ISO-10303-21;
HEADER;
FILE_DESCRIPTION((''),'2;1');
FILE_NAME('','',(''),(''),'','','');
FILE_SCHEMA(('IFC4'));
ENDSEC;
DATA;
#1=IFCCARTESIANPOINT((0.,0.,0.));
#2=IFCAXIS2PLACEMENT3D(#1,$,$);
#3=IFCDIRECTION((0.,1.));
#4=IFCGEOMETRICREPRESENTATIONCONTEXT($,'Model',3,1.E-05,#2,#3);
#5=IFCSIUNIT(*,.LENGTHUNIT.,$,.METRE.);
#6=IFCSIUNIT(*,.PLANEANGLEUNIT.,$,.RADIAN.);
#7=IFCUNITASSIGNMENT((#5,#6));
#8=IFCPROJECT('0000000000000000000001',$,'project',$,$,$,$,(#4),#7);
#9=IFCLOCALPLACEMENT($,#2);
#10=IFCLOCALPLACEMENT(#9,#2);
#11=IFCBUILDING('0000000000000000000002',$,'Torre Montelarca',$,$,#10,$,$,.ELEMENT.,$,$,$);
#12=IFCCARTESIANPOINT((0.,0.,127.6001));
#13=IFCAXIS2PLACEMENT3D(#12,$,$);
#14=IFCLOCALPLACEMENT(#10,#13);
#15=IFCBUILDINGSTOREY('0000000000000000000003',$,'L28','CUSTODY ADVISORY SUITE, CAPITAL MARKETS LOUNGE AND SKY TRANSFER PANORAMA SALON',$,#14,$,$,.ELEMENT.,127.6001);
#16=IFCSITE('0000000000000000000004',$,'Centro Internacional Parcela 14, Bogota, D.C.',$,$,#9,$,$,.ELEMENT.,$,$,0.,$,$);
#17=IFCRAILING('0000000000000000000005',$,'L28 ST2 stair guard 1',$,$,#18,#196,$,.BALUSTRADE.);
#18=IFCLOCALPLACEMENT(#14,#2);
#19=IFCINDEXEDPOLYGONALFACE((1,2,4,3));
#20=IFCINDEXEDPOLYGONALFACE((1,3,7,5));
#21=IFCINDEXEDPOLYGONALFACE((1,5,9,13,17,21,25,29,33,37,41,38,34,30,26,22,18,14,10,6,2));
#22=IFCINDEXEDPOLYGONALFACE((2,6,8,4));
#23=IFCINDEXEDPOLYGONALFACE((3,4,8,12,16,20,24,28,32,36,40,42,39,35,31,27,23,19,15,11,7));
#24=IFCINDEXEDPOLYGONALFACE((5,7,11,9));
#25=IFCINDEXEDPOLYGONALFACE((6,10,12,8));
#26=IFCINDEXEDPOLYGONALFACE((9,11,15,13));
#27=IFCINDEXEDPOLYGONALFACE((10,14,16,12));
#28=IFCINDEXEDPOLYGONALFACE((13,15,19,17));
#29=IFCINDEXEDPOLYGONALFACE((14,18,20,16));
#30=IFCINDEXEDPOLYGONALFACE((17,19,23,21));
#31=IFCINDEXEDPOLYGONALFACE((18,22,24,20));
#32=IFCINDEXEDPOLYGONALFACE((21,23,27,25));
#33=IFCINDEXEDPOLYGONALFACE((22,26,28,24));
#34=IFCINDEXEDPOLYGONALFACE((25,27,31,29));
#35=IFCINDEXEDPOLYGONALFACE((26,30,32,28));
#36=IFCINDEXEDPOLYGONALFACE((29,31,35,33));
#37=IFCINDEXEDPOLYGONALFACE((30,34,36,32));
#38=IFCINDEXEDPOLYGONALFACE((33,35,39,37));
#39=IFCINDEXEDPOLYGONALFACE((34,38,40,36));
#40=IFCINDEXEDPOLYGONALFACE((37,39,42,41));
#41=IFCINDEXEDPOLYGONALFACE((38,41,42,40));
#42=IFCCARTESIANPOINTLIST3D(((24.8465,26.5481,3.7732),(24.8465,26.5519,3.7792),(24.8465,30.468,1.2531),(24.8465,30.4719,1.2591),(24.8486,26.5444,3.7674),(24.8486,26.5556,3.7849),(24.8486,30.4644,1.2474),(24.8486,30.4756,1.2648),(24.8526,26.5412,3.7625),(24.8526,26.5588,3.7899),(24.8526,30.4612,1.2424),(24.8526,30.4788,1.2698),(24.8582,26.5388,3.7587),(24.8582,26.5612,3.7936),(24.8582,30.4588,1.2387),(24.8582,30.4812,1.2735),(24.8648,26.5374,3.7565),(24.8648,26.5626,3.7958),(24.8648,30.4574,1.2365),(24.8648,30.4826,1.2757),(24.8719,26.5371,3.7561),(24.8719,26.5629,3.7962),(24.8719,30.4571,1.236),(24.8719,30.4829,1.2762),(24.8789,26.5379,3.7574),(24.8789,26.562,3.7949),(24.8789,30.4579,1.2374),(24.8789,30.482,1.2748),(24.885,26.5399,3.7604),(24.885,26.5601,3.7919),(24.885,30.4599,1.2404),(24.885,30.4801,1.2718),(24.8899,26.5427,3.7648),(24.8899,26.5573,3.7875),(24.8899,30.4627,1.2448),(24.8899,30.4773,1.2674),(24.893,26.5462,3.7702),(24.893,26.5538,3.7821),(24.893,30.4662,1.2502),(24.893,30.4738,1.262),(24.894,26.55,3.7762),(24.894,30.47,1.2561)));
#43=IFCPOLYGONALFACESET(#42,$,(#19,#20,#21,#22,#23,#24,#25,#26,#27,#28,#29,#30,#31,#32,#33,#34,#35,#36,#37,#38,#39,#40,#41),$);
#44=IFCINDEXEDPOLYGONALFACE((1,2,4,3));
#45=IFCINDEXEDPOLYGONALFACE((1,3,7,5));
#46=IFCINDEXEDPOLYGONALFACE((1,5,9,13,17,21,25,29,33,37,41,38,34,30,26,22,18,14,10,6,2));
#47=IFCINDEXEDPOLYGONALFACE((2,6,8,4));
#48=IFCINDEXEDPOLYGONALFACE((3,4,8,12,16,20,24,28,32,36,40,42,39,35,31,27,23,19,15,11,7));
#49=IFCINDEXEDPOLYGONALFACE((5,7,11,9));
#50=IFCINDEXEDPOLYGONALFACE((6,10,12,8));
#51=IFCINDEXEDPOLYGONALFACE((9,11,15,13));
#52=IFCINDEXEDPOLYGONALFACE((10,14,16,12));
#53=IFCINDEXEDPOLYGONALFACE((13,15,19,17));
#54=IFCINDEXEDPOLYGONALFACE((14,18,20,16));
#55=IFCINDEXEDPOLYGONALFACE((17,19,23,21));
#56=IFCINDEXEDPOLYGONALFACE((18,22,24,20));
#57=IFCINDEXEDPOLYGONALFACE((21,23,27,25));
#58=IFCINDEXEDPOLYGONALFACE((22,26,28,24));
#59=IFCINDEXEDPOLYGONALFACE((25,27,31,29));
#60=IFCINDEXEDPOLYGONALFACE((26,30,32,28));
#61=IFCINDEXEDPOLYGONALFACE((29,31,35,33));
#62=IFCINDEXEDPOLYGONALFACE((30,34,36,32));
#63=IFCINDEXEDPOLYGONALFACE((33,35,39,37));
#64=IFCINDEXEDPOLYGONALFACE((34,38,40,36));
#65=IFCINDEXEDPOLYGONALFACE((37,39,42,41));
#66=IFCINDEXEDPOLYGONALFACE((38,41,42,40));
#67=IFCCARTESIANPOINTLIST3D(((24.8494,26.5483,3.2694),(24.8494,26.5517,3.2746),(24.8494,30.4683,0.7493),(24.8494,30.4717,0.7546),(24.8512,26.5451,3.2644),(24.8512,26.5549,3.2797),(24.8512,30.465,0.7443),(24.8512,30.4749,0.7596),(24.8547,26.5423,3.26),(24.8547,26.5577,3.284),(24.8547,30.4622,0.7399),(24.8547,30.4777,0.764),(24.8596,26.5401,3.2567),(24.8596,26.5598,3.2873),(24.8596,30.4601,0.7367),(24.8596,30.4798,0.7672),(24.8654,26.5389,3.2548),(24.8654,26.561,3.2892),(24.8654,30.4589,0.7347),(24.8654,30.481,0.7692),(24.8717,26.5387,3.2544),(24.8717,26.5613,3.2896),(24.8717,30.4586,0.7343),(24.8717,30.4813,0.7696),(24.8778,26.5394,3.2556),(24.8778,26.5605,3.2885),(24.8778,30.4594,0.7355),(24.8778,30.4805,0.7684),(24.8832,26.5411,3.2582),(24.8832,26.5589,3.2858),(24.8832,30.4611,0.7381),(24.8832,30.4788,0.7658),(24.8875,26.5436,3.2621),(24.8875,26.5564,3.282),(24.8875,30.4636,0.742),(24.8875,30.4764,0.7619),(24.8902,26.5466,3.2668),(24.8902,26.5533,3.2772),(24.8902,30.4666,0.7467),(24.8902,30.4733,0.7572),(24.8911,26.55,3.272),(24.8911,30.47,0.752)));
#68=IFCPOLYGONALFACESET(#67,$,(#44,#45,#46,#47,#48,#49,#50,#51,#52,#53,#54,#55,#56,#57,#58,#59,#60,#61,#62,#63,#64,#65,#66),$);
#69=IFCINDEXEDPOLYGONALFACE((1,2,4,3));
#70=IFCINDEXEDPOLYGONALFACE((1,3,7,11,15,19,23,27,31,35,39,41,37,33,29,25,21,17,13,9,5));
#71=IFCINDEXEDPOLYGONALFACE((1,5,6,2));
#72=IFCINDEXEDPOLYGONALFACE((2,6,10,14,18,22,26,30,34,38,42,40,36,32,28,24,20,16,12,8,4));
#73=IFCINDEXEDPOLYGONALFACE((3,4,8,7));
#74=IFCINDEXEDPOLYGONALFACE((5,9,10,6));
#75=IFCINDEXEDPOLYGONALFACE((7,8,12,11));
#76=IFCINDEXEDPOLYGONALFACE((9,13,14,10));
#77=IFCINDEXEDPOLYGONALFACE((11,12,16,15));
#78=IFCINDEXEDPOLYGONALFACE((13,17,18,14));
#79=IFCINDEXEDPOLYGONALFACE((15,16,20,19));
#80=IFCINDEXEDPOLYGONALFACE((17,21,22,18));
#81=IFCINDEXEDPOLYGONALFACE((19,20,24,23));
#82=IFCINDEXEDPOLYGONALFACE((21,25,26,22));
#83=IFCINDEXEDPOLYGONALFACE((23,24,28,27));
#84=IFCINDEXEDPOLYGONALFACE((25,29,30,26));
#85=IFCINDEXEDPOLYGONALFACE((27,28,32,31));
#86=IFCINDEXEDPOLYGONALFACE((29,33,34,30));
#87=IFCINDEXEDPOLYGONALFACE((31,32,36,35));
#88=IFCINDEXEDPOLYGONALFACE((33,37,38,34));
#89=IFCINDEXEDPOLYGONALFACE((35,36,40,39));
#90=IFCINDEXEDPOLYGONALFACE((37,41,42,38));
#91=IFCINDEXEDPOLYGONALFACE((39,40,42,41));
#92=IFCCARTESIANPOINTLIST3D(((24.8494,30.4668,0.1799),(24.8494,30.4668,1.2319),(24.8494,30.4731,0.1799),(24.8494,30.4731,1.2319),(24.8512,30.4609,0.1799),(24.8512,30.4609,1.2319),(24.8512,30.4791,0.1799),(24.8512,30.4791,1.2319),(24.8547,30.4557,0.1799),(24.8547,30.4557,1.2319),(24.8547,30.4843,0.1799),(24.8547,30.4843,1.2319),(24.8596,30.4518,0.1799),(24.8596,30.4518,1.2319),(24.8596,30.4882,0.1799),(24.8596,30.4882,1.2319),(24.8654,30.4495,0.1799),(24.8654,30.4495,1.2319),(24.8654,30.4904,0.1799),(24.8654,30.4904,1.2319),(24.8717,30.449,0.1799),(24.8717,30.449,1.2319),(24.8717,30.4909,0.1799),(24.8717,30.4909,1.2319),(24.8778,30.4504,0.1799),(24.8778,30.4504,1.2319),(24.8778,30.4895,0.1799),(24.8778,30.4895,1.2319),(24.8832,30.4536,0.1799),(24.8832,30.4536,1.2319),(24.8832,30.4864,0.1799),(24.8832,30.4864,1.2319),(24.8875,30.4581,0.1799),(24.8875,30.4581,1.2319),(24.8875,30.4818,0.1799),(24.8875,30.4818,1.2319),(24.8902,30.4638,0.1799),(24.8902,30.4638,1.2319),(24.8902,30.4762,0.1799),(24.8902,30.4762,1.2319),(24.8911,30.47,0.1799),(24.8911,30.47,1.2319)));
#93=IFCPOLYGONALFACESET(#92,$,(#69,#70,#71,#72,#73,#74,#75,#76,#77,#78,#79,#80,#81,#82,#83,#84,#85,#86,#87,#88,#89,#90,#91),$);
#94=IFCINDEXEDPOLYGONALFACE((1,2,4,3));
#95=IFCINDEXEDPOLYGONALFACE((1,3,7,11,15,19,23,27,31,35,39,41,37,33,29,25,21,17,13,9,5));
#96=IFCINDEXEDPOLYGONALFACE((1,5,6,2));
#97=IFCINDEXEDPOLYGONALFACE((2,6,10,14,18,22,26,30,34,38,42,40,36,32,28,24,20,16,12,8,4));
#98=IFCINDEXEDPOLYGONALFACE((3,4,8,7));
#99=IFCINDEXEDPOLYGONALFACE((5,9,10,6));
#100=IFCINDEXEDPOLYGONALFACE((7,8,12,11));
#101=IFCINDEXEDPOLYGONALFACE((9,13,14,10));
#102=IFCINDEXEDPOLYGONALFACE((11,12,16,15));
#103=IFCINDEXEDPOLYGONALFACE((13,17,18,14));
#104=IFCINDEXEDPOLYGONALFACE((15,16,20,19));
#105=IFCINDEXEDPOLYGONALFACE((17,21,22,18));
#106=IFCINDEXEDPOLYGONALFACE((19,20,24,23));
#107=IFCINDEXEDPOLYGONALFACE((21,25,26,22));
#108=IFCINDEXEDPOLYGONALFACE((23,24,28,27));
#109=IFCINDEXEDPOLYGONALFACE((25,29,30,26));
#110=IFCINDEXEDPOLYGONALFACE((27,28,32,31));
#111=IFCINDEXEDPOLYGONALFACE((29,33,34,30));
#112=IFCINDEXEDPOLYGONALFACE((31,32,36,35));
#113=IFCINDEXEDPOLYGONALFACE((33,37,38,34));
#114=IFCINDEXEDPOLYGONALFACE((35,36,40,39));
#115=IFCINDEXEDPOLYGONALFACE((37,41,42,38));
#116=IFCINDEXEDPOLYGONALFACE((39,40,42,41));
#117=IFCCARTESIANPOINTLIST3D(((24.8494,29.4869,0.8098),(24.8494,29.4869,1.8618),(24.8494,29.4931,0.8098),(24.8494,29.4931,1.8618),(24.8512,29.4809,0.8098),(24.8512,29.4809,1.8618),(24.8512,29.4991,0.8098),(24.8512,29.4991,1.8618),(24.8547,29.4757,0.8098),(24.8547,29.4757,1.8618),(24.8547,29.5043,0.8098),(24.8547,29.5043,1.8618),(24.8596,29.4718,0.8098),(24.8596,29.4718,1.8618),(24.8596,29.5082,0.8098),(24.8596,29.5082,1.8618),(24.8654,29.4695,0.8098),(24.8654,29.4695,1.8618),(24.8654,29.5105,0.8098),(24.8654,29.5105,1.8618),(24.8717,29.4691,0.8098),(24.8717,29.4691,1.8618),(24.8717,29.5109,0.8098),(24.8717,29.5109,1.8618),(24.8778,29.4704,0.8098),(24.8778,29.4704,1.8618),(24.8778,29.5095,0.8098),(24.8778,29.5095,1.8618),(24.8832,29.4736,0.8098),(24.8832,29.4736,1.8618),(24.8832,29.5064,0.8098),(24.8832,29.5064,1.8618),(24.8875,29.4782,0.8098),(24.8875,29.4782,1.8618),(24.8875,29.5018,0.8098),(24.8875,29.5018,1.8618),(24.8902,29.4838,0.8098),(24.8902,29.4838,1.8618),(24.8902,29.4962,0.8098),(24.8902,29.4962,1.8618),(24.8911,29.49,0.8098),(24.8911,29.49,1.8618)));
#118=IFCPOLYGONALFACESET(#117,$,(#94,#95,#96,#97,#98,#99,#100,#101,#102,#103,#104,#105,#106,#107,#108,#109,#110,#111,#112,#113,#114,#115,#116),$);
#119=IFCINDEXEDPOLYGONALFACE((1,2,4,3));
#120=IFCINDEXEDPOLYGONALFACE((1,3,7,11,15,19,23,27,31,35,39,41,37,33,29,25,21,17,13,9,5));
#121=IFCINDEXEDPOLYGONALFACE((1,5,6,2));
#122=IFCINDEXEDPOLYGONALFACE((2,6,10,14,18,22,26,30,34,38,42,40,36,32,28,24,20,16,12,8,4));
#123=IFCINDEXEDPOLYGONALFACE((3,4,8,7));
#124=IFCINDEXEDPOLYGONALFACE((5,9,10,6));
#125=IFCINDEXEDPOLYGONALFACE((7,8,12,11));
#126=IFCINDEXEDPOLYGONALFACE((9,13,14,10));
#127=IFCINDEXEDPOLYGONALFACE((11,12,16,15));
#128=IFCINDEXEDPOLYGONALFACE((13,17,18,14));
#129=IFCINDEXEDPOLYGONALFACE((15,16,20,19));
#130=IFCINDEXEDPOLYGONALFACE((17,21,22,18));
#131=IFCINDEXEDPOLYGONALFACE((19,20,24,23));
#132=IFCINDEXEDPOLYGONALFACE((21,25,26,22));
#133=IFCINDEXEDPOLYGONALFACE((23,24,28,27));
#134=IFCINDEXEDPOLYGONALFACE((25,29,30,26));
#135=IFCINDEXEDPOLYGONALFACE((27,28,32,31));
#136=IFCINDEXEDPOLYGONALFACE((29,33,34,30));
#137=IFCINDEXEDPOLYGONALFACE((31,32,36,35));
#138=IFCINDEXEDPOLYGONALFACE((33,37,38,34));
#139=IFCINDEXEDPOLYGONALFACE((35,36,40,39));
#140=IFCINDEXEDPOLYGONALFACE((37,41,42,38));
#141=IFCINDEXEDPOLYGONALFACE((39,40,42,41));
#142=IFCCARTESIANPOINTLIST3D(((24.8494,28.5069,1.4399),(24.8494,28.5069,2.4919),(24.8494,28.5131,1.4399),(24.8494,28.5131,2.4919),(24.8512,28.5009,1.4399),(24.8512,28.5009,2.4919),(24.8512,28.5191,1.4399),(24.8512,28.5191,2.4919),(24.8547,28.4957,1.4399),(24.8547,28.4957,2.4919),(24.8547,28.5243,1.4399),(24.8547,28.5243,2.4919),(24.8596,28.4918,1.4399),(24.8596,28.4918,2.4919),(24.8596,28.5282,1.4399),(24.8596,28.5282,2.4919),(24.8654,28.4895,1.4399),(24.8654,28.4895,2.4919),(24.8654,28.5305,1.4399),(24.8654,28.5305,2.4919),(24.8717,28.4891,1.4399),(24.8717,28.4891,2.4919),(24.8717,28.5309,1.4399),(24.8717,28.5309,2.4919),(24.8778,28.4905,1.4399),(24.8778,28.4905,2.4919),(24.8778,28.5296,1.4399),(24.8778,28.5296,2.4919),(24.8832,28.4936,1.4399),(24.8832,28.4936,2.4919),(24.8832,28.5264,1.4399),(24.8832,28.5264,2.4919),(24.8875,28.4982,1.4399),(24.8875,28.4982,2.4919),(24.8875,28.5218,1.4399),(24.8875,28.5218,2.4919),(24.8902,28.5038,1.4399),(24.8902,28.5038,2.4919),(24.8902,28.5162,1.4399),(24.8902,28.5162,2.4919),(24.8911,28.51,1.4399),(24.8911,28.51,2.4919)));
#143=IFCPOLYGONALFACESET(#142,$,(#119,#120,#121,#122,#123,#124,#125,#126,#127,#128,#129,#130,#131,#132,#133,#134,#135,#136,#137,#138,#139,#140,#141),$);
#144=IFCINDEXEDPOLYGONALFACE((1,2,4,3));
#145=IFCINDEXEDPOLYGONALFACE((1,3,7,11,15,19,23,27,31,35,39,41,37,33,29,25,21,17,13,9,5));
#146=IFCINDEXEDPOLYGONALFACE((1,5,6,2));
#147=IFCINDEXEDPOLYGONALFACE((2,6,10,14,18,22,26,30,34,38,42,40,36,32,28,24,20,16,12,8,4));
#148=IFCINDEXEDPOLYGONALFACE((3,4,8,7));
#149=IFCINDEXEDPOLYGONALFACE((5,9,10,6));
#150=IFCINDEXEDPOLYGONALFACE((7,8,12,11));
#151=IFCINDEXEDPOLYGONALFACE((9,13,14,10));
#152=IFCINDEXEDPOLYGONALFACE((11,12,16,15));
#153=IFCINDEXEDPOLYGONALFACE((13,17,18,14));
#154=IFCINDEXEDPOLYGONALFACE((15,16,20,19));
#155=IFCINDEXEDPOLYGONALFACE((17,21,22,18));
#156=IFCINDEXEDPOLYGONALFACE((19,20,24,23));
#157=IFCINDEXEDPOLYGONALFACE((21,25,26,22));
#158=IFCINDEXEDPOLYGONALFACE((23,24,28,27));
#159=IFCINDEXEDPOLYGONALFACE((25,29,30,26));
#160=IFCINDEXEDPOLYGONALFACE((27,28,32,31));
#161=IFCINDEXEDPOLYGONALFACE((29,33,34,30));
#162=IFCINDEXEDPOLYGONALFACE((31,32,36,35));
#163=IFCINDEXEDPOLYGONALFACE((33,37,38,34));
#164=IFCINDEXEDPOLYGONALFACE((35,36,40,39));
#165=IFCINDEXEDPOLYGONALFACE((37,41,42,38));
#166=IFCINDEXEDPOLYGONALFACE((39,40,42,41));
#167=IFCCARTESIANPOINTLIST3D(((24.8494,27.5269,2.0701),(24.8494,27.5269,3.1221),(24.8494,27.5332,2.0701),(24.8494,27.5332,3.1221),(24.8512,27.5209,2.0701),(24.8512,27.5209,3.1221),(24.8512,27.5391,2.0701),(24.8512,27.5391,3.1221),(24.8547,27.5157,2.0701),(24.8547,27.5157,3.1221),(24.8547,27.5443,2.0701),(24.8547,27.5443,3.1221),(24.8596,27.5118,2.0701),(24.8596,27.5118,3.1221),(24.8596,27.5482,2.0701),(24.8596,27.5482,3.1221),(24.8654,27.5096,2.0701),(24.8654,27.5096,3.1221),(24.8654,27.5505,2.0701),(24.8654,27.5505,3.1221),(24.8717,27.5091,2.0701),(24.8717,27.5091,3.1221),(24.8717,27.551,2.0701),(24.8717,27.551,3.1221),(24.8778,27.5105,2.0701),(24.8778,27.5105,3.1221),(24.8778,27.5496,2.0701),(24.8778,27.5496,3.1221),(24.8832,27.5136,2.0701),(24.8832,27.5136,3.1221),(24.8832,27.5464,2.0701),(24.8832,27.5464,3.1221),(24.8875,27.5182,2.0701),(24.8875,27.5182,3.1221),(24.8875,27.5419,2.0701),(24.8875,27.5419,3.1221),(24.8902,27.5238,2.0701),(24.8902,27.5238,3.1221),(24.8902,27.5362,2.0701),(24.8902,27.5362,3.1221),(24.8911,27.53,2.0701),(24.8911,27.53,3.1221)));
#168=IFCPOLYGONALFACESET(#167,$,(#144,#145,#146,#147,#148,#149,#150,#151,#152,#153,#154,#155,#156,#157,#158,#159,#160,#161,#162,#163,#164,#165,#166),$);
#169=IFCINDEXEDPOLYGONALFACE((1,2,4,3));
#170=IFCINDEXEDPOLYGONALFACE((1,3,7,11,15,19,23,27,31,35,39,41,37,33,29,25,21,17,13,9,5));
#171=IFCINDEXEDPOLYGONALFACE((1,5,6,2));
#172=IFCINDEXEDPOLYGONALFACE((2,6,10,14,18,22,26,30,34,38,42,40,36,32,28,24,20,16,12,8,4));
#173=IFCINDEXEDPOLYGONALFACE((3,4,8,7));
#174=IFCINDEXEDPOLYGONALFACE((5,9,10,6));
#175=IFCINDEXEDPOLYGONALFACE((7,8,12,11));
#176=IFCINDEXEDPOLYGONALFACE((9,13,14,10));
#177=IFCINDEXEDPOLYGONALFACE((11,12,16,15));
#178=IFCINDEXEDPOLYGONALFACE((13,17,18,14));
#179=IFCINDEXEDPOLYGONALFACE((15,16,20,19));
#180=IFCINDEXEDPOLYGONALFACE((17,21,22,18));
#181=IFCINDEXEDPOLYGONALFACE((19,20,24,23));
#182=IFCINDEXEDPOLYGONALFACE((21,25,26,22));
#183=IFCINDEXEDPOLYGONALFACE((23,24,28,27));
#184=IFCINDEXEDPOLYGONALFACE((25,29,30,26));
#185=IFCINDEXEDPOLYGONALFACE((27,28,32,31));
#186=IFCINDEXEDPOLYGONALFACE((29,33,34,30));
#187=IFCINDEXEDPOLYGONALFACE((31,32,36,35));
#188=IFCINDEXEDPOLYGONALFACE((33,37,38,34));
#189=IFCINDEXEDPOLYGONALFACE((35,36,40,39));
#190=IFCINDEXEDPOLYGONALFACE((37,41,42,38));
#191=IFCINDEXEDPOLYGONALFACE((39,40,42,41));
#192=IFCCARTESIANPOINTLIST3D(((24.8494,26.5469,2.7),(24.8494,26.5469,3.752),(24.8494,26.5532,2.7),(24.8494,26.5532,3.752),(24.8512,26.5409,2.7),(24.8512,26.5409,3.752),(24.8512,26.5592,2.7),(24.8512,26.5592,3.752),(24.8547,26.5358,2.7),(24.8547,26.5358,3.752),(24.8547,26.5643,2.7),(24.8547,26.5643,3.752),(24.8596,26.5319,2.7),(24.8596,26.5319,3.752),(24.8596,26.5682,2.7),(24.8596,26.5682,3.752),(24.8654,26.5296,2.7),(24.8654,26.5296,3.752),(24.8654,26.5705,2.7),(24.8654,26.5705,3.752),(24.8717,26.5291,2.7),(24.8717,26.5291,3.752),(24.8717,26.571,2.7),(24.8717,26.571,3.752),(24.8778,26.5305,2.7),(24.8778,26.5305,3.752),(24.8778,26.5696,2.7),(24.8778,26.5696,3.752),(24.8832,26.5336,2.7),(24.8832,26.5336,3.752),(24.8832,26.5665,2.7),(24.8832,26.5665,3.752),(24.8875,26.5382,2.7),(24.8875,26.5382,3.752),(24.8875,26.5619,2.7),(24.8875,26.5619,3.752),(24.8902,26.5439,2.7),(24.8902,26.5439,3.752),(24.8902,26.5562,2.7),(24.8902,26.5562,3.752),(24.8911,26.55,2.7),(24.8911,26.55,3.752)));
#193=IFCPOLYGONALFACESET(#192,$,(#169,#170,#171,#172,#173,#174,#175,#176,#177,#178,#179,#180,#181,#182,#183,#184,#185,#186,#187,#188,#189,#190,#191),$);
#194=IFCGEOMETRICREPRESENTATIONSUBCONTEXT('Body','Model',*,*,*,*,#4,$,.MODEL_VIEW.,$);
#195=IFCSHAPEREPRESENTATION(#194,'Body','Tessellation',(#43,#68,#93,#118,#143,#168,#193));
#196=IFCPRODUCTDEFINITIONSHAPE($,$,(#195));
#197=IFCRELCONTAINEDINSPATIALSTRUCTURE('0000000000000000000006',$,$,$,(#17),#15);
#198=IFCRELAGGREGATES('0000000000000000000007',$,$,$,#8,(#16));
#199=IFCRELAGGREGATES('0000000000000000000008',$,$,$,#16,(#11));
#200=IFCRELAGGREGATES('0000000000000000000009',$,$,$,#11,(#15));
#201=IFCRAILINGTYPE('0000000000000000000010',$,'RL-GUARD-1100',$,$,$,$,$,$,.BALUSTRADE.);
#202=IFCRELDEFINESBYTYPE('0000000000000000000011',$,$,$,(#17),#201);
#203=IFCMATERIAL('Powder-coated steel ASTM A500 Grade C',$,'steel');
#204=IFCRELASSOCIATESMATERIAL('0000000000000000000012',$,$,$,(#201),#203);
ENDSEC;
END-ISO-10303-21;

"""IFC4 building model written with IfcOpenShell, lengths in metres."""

from ifc_helpers import new_model, si_unit, direction, frame, origin, origin_2d, place, context, subcontext, project, spatial, circle, extrude, material, type_object, element, save


model = new_model("IFC4")

# Units and contexts
model_context = context("Model", 3, precision=1e-05, world=origin(), true_north=direction((0.0, 1.0)))
body_context = subcontext(model_context, "Body", "Model", "MODEL_VIEW")
ifc_project = project(units=[si_unit("LENGTHUNIT", "METRE"), si_unit("PLANEANGLEUNIT", "RADIAN")], contexts=[model_context])

# Site, building, storey
site_placement = place(None, origin())
site = spatial("IfcSite", under=ifc_project, at=site_placement, Name="Centro Internacional Parcela 14, Bogota, D.C.", CompositionType="ELEMENT", RefElevation=0.0)
building_placement = place(site_placement, origin())
building = spatial("IfcBuilding", under=site, at=building_placement, Name="Torre Montelarca", CompositionType="ELEMENT")
storey_placement = place(building_placement, frame((0.0, 0.0, 127.6001)))
storey = spatial("IfcBuildingStorey", under=building, at=storey_placement, Name="L28", Description="CUSTODY ADVISORY SUITE, CAPITAL MARKETS LOUNGE AND SKY TRANSFER PANORAMA SALON", CompositionType="ELEMENT", Elevation=127.6001)

# Railing
ifc_material_1 = material(Name="Powder-coated steel ASTM A500 Grade C", Category="steel")
railing_type_1 = type_object("IfcRailingType", Name="RL-GUARD-1100", PredefinedType="BALUSTRADE", material=ifc_material_1)
railing_1_placement = place(storey_placement, frame((24.8701, 30.47, 0.1799)))
element("IfcRailing", 1, at=railing_1_placement, inside=storey, type_object=railing_type_1, Name="L28 ST2 stair guard 1", PredefinedType="BALUSTRADE", context=body_context, shape_type="SweptSolid", body=[
    extrude(circle(Radius=0.0239, at=origin_2d()), frame((0.0, 0.0, 1.0762), z_axis=(0.0, -0.841172, 0.540768), x_axis=(1.0, 0.0, 0.0)), (0.0, 0.0, 1.0), 4.6602),
    extrude(circle(Radius=0.021, at=origin_2d()), frame((0.0, 0.0, 0.572), z_axis=(0.0, -0.841172, 0.540768), x_axis=(1.0, 0.0, 0.0)), (0.0, 0.0, 1.0), 4.6602),
    extrude(circle(Radius=0.021, at=origin_2d()), origin(), (0.0, 0.0, 1.0), 1.052),
    extrude(circle(Radius=0.021, at=origin_2d()), frame((0.0, -0.98, 0.6299)), (0.0, 0.0, 1.0), 1.052),
    extrude(circle(Radius=0.021, at=origin_2d()), frame((0.0, -1.96, 1.26)), (0.0, 0.0, 1.0), 1.052),
    extrude(circle(Radius=0.021, at=origin_2d()), frame((0.0, -2.9399, 1.8901)), (0.0, 0.0, 1.0), 1.052),
    extrude(circle(Radius=0.021, at=origin_2d()), frame((0.0, -3.9199, 2.52)), (0.0, 0.0, 1.0), 1.052),
])

save(model, "model.ifc")
